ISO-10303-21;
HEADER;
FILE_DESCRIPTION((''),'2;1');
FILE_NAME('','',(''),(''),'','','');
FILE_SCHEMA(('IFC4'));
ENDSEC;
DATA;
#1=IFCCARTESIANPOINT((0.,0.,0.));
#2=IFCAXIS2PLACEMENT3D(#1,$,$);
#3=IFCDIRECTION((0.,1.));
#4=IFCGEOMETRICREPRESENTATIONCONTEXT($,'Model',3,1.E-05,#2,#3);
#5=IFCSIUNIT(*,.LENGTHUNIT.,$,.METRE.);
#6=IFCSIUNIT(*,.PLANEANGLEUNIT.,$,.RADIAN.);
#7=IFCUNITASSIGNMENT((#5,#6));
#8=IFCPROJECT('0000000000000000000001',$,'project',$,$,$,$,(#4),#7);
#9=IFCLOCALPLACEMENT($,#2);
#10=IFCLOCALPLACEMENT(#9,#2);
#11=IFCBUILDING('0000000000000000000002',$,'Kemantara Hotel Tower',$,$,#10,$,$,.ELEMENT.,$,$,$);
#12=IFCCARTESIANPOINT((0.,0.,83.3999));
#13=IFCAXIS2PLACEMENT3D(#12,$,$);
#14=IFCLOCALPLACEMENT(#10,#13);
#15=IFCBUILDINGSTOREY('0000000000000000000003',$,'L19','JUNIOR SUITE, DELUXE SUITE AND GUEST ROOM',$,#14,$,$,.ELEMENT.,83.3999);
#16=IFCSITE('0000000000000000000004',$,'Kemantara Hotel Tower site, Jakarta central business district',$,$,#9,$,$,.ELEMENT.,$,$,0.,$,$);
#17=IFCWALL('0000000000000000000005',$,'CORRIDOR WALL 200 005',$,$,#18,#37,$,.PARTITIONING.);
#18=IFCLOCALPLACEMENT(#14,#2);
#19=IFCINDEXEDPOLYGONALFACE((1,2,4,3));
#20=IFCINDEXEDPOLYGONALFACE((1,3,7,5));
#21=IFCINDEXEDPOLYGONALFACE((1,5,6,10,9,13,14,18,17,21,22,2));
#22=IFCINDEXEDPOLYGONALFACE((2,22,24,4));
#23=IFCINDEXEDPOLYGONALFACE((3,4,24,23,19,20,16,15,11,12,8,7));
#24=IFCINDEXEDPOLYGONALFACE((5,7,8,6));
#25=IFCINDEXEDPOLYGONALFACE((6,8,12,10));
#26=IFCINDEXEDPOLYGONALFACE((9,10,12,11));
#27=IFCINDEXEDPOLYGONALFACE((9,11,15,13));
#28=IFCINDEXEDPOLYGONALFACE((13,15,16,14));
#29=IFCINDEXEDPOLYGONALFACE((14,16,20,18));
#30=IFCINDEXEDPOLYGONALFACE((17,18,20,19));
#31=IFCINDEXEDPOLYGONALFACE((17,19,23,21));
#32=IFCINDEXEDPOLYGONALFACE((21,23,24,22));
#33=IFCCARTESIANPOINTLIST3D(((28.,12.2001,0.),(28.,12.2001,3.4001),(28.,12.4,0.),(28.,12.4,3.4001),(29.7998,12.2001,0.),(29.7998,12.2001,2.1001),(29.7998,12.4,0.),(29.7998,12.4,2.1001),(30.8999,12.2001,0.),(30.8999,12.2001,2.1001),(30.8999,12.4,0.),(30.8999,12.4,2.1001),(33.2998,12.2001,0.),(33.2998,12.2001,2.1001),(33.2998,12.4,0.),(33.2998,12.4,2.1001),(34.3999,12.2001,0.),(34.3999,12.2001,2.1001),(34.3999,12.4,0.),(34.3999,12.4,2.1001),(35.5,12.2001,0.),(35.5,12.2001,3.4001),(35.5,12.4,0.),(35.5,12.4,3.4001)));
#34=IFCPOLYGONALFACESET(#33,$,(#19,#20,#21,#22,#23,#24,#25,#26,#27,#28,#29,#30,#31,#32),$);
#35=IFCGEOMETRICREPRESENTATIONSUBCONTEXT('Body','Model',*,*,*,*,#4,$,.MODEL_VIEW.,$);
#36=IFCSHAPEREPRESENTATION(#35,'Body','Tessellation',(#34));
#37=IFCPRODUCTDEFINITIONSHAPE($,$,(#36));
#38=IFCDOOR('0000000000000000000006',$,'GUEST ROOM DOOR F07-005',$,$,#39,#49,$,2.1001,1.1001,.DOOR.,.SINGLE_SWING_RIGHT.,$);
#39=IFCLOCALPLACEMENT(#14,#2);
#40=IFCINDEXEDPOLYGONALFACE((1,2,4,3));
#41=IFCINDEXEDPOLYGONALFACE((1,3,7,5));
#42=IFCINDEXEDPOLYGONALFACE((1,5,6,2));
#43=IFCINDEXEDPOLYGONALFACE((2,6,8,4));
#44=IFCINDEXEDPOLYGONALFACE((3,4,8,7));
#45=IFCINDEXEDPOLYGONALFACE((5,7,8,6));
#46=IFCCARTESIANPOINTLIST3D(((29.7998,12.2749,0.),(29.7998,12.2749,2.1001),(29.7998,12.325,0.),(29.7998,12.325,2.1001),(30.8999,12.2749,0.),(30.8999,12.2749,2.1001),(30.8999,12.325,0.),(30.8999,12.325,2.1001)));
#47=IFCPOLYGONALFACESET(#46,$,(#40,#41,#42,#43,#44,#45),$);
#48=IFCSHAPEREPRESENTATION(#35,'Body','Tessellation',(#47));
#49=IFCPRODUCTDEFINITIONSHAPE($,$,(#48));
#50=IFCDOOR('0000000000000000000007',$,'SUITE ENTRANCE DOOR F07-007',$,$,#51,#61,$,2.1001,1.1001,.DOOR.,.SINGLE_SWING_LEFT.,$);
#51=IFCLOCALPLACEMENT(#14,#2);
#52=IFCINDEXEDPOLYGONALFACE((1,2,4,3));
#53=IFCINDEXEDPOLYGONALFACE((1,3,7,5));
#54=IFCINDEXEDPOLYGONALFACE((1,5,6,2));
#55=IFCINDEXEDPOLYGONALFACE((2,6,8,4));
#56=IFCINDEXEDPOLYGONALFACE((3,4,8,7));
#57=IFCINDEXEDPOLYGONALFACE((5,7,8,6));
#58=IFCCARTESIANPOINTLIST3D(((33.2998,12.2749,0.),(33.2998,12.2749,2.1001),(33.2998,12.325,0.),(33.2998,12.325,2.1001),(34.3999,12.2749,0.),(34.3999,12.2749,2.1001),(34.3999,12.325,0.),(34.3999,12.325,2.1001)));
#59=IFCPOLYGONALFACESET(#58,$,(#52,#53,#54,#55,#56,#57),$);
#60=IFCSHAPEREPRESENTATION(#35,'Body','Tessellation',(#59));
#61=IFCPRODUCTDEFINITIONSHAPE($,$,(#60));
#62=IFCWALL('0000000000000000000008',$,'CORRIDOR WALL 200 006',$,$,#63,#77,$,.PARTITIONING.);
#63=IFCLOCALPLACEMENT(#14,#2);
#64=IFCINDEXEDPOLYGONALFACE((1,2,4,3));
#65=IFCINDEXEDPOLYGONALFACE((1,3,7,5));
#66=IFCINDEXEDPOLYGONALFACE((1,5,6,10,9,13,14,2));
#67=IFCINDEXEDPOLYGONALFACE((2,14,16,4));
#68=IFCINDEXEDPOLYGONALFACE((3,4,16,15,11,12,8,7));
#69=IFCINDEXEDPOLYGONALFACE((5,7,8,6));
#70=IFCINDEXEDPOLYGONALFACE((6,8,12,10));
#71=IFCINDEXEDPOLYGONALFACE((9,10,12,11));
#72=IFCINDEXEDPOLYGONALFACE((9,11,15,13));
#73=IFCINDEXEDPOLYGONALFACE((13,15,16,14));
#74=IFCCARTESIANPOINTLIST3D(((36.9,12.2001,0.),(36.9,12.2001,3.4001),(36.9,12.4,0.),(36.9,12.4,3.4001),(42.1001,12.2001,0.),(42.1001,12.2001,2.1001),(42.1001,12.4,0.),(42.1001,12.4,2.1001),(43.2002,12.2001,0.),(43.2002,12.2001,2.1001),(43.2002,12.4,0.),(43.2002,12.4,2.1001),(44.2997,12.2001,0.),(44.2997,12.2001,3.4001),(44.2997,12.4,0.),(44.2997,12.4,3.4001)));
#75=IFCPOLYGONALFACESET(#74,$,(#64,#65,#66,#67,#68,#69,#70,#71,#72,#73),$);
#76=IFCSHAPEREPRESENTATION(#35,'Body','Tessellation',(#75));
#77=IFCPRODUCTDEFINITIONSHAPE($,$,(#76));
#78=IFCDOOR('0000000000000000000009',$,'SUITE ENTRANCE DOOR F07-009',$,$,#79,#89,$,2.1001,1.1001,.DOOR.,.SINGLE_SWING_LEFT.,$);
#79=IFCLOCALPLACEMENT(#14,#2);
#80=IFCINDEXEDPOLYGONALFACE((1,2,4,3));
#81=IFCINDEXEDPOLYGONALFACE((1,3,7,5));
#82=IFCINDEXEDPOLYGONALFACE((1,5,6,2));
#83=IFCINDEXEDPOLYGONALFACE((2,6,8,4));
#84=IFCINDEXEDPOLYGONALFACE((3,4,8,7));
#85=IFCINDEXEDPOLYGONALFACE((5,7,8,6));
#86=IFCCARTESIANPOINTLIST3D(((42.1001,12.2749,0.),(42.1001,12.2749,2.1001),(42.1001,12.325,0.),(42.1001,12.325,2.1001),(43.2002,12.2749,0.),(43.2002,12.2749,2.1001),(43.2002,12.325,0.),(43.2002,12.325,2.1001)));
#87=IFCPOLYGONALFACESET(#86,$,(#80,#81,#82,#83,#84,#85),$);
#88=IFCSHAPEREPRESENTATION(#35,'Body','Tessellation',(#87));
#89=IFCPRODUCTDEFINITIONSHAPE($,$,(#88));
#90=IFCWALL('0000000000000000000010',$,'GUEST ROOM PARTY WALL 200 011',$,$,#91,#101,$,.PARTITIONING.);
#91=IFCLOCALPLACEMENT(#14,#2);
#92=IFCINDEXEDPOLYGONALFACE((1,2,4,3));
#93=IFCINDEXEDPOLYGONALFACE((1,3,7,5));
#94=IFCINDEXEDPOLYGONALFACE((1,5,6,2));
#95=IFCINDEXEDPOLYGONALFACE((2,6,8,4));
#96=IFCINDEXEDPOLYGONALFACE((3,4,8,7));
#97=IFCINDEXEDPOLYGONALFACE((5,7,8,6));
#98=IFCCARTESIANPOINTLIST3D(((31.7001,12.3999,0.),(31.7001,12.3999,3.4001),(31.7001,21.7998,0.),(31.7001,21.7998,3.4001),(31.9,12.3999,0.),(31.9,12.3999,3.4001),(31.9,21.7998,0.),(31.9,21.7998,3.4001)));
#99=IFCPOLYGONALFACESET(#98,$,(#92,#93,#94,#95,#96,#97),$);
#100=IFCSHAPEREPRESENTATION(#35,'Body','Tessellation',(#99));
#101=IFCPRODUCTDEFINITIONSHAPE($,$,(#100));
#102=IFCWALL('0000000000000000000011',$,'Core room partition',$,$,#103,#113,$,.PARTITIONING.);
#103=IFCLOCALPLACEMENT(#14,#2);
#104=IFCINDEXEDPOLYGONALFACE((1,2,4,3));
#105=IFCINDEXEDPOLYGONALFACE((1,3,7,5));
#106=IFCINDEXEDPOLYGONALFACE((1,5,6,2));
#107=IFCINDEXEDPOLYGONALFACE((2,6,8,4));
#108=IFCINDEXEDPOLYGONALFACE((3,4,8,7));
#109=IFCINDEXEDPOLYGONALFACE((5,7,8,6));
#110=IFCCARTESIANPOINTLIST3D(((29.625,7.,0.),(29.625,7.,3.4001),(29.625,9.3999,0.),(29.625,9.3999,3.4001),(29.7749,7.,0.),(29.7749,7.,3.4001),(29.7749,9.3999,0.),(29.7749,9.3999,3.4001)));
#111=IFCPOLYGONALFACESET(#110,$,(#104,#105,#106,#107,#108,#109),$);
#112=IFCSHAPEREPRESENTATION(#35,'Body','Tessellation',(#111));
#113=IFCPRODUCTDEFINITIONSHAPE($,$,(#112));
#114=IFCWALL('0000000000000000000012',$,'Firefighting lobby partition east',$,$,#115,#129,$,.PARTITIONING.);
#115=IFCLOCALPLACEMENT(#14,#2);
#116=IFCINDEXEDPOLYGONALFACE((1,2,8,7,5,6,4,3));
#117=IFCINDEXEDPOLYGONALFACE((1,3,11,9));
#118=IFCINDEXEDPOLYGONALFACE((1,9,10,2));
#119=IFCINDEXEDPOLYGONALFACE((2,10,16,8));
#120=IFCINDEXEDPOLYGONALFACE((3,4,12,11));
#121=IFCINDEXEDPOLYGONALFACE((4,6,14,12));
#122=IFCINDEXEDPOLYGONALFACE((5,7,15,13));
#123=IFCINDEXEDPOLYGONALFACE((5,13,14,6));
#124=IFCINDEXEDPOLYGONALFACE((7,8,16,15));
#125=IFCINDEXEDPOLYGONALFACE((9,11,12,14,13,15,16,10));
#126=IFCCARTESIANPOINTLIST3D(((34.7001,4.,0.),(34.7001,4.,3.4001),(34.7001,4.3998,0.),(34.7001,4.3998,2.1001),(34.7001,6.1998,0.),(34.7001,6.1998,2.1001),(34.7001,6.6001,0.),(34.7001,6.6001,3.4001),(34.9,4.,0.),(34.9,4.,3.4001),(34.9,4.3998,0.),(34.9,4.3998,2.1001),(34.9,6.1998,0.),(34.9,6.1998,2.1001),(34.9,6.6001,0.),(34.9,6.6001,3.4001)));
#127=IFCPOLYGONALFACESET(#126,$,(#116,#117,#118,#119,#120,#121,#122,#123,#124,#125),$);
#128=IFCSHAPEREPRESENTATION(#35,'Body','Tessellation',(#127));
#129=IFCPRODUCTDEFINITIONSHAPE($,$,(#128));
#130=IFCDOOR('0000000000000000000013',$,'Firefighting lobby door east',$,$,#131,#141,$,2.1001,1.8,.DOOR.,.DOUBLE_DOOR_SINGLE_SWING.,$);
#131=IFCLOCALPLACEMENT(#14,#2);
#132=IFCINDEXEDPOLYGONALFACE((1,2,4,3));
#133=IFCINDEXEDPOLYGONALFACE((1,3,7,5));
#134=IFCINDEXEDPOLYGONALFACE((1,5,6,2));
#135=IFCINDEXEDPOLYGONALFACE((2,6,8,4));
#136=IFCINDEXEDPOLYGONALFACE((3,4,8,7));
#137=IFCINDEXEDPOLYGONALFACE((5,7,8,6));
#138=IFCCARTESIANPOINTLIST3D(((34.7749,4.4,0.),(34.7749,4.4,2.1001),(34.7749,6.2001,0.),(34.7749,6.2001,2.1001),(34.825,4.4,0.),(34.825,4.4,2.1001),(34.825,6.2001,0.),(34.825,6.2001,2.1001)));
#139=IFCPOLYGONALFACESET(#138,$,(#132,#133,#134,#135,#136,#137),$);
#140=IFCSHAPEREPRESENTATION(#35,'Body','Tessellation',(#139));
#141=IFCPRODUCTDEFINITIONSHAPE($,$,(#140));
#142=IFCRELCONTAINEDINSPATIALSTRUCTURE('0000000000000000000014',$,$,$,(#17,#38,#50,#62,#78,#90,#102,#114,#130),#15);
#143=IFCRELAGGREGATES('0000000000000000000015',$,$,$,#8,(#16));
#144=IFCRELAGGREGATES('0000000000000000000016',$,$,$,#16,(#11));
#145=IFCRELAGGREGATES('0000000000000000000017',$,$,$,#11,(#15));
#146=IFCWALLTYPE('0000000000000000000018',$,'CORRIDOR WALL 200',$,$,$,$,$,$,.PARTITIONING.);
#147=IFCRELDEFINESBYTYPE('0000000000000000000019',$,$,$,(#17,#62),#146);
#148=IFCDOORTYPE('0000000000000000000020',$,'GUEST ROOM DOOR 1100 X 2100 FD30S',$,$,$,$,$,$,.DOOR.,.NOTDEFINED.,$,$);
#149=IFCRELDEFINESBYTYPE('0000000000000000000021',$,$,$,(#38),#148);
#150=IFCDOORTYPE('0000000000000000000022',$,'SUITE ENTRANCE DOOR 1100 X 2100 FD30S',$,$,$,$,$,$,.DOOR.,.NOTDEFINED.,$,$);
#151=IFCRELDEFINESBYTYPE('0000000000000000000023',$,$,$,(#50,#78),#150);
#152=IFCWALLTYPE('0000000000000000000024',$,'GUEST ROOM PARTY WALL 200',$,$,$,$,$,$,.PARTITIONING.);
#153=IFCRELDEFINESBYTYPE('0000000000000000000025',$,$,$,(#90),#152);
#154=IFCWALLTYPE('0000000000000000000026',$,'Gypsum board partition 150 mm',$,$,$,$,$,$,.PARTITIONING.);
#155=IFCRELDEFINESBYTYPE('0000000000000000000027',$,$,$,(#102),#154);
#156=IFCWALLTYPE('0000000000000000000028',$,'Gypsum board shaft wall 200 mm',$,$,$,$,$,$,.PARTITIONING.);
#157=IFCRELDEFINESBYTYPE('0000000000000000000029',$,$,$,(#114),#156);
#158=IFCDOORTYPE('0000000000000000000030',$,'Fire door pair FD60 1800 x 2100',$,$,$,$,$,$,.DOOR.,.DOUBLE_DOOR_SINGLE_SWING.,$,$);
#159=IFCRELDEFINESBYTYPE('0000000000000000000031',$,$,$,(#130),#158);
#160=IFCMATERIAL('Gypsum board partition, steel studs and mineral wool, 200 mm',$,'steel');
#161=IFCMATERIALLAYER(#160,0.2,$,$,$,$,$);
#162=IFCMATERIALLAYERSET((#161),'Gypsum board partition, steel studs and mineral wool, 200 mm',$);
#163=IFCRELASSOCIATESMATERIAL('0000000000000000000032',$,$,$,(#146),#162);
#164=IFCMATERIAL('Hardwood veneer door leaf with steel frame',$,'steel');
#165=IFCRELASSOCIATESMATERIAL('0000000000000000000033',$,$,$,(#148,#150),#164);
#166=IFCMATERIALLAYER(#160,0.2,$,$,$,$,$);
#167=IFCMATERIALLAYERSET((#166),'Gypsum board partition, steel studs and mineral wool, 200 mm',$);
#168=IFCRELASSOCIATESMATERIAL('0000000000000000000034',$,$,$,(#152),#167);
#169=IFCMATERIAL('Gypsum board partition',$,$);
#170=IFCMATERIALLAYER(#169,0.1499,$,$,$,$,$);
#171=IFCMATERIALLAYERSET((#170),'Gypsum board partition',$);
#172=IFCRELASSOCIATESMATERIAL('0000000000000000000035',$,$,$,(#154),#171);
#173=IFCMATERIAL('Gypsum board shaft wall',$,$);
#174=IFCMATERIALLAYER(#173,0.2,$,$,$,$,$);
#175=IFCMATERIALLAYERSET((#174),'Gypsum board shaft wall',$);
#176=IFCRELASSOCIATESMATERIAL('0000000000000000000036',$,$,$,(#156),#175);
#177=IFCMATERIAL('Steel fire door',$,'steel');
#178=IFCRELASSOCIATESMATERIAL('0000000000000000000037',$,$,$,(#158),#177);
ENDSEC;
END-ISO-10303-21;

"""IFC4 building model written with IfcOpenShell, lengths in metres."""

from ifc_helpers import new_model, si_unit, direction, frame, frame_2d, origin, place, context, subcontext, project, spatial, rectangle, extrude, material, layer, layer_set, type_object, element, fill, save


model = new_model("IFC4")

# Units and contexts
model_context = context("Model", 3, precision=1e-05, world=origin(), true_north=direction((0.0, 1.0)))
body_context = subcontext(model_context, "Body", "Model", "MODEL_VIEW")
ifc_project = project(units=[si_unit("LENGTHUNIT", "METRE"), si_unit("PLANEANGLEUNIT", "RADIAN")], contexts=[model_context])

# Site, building, storey
site_placement = place(None, origin())
site = spatial("IfcSite", under=ifc_project, at=site_placement, Name="Kemantara Hotel Tower site, Jakarta central business district", CompositionType="ELEMENT", RefElevation=0.0)
building_placement = place(site_placement, origin())
building = spatial("IfcBuilding", under=site, at=building_placement, Name="Kemantara Hotel Tower", CompositionType="ELEMENT")
storey_placement = place(building_placement, frame((0.0, 0.0, 83.3999)))
storey = spatial("IfcBuildingStorey", under=building, at=storey_placement, Name="L19", Description="JUNIOR SUITE, DELUXE SUITE AND GUEST ROOM", CompositionType="ELEMENT", Elevation=83.3999)

# Wall, openings, doors
ifc_material_1 = material(Name="Gypsum board partition, steel studs and mineral wool, 200 mm", Category="steel")
ifc_layer_1 = layer(ifc_material_1, 0.2)
ifc_layer_set_1 = layer_set([ifc_layer_1], Name="Gypsum board partition, steel studs and mineral wool, 200 mm")
wall_type_1 = type_object("IfcWallType", Name="CORRIDOR WALL 200", PredefinedType="PARTITIONING", material=ifc_layer_set_1)
wall_1_placement = place(storey_placement, frame((28.0, 12.3, 0.0), z_axis=(0.0, 0.0, 1.0), x_axis=(1.0, 0.0, 0.0)))
wall_1 = element("IfcWall", 1, at=wall_1_placement, inside=storey, type_object=wall_type_1, Name="CORRIDOR WALL 200 005", PredefinedType="PARTITIONING", context=body_context, shape_type="SweptSolid", body=[
    extrude(rectangle(XDim=7.5, YDim=0.2, at=frame_2d((3.75, 0.0))), origin(), (0.0, 0.0, 1.0), 3.4001),
])
opening_1_placement = place(wall_1_placement, frame((1.7998, 0.0, 0.0)))
opening_1 = element("IfcOpeningElement", 2, at=opening_1_placement, cuts=wall_1, PredefinedType="OPENING", context=body_context, shape_type="SweptSolid", body=[
    extrude(rectangle(XDim=1.1001, YDim=2.1001, at=frame_2d((0.55, 1.05))), frame((0.0, 0.1099, 0.0), z_axis=(0.0, -1.0, 0.0), x_axis=(1.0, 0.0, 0.0)), (0.0, 0.0, 1.0), 0.22),
])
opening_2_placement = place(wall_1_placement, frame((5.2998, 0.0, 0.0)))
opening_2 = element("IfcOpeningElement", 3, at=opening_2_placement, cuts=wall_1, PredefinedType="OPENING", context=body_context, shape_type="SweptSolid", body=[
    extrude(rectangle(XDim=1.1001, YDim=2.1001, at=frame_2d((0.55, 1.05))), frame((0.0, 0.1099, 0.0), z_axis=(0.0, -1.0, 0.0), x_axis=(1.0, 0.0, 0.0)), (0.0, 0.0, 1.0), 0.22),
])
ifc_material_2 = material(Name="Hardwood veneer door leaf with steel frame", Category="steel")
door_type_1 = type_object("IfcDoorType", Name="GUEST ROOM DOOR 1100 X 2100 FD30S", OperationType="NOTDEFINED", PredefinedType="DOOR", material=ifc_material_2)
door_1_placement = place(opening_1_placement, origin())
door_1 = element("IfcDoor", 4, at=door_1_placement, inside=storey, type_object=door_type_1, Name="GUEST ROOM DOOR F07-005", OperationType="SINGLE_SWING_RIGHT", OverallHeight=2.1001, OverallWidth=1.1001, PredefinedType="DOOR", context=body_context, shape_type="SweptSolid", body=[
    extrude(rectangle(XDim=1.1001, YDim=2.1001, at=frame_2d((0.55, 1.05))), frame((0.0, 0.0249, 0.0), z_axis=(0.0, -1.0, 0.0), x_axis=(1.0, 0.0, 0.0)), (0.0, 0.0, 1.0), 0.05),
])
fill(opening_1, door_1)
door_type_2 = type_object("IfcDoorType", Name="SUITE ENTRANCE DOOR 1100 X 2100 FD30S", OperationType="NOTDEFINED", PredefinedType="DOOR", material=ifc_material_2)
door_2_placement = place(opening_2_placement, origin())
door_2 = element("IfcDoor", 5, at=door_2_placement, inside=storey, type_object=door_type_2, Name="SUITE ENTRANCE DOOR F07-007", OperationType="SINGLE_SWING_LEFT", OverallHeight=2.1001, OverallWidth=1.1001, PredefinedType="DOOR", context=body_context, shape_type="SweptSolid", body=[
    extrude(rectangle(XDim=1.1001, YDim=2.1001, at=frame_2d((0.55, 1.05))), frame((0.0, 0.0249, 0.0), z_axis=(0.0, -1.0, 0.0), x_axis=(1.0, 0.0, 0.0)), (0.0, 0.0, 1.0), 0.05),
])
fill(opening_2, door_2)

# Wall, opening, door
wall_2_placement = place(storey_placement, frame((36.9001, 12.3, 0.0), z_axis=(0.0, 0.0, 1.0), x_axis=(1.0, 0.0, 0.0)))
wall_2 = element("IfcWall", 6, at=wall_2_placement, inside=storey, type_object=wall_type_1, Name="CORRIDOR WALL 200 006", PredefinedType="PARTITIONING", context=body_context, shape_type="SweptSolid", body=[
    extrude(rectangle(XDim=7.3997, YDim=0.2, at=frame_2d((3.6997, 0.0))), origin(), (0.0, 0.0, 1.0), 3.4001),
])
opening_3_placement = place(wall_2_placement, frame((5.2, 0.0, 0.0)))
opening_3 = element("IfcOpeningElement", 7, at=opening_3_placement, cuts=wall_2, PredefinedType="OPENING", context=body_context, shape_type="SweptSolid", body=[
    extrude(rectangle(XDim=1.1001, YDim=2.1001, at=frame_2d((0.55, 1.05))), frame((0.0, 0.1099, 0.0), z_axis=(0.0, -1.0, 0.0), x_axis=(1.0, 0.0, 0.0)), (0.0, 0.0, 1.0), 0.22),
])
door_3_placement = place(opening_3_placement, origin())
door_3 = element("IfcDoor", 8, at=door_3_placement, inside=storey, type_object=door_type_2, Name="SUITE ENTRANCE DOOR F07-009", OperationType="SINGLE_SWING_LEFT", OverallHeight=2.1001, OverallWidth=1.1001, PredefinedType="DOOR", context=body_context, shape_type="SweptSolid", body=[
    extrude(rectangle(XDim=1.1001, YDim=2.1001, at=frame_2d((0.55, 1.05))), frame((0.0, 0.0249, 0.0), z_axis=(0.0, -1.0, 0.0), x_axis=(1.0, 0.0, 0.0)), (0.0, 0.0, 1.0), 0.05),
])
fill(opening_3, door_3)

# Walls
ifc_layer_2 = layer(ifc_material_1, 0.2)
ifc_layer_set_2 = layer_set([ifc_layer_2], Name="Gypsum board partition, steel studs and mineral wool, 200 mm")
wall_type_2 = type_object("IfcWallType", Name="GUEST ROOM PARTY WALL 200", PredefinedType="PARTITIONING", material=ifc_layer_set_2)
wall_3_placement = place(storey_placement, frame((31.8, 12.3999, 0.0), z_axis=(0.0, 0.0, 1.0), x_axis=(0.0, 1.0, 0.0)))
element("IfcWall", 9, at=wall_3_placement, inside=storey, type_object=wall_type_2, Name="GUEST ROOM PARTY WALL 200 011", PredefinedType="PARTITIONING", context=body_context, shape_type="SweptSolid", body=[
    extrude(rectangle(XDim=9.3999, YDim=0.2, at=frame_2d((4.7, 0.0))), origin(), (0.0, 0.0, 1.0), 3.4001),
])
ifc_material_3 = material(Name="Gypsum board partition")
ifc_layer_3 = layer(ifc_material_3, 0.1499)
ifc_layer_set_3 = layer_set([ifc_layer_3], Name="Gypsum board partition")
wall_type_3 = type_object("IfcWallType", Name="Gypsum board partition 150 mm", PredefinedType="PARTITIONING", material=ifc_layer_set_3)
wall_4_placement = place(storey_placement, frame((29.7, 7.0, 0.0), z_axis=(0.0, 0.0, 1.0), x_axis=(0.0, 1.0, 0.0)))
element("IfcWall", 10, at=wall_4_placement, inside=storey, type_object=wall_type_3, Name="Core room partition", PredefinedType="PARTITIONING", context=body_context, shape_type="SweptSolid", body=[
    extrude(rectangle(XDim=2.3999, YDim=0.1499, at=frame_2d((1.2, 0.0))), origin(), (0.0, 0.0, 1.0), 3.4001),
])

# Wall, opening, door
ifc_material_4 = material(Name="Gypsum board shaft wall")
ifc_layer_4 = layer(ifc_material_4, 0.2)
ifc_layer_set_4 = layer_set([ifc_layer_4], Name="Gypsum board shaft wall")
wall_type_4 = type_object("IfcWallType", Name="Gypsum board shaft wall 200 mm", PredefinedType="PARTITIONING", material=ifc_layer_set_4)
wall_5_placement = place(storey_placement, frame((34.8, 4.0, 0.0), z_axis=(0.0, 0.0, 1.0), x_axis=(0.0, 1.0, 0.0)))
wall_5 = element("IfcWall", 11, at=wall_5_placement, inside=storey, type_object=wall_type_4, Name="Firefighting lobby partition east", PredefinedType="PARTITIONING", context=body_context, shape_type="SweptSolid", body=[
    extrude(rectangle(XDim=2.6001, YDim=0.2, at=frame_2d((1.3, 0.0))), origin(), (0.0, 0.0, 1.0), 3.4001),
])
opening_4_placement = place(wall_5_placement, frame((0.3999, 0.0, 0.0)))
opening_4 = element("IfcOpeningElement", 12, at=opening_4_placement, cuts=wall_5, PredefinedType="OPENING", context=body_context, shape_type="SweptSolid", body=[
    extrude(rectangle(XDim=1.8, YDim=2.1001, at=frame_2d((0.8999, 1.05))), frame((0.0, 0.1099, 0.0), z_axis=(0.0, -1.0, 0.0), x_axis=(1.0, 0.0, 0.0)), (0.0, 0.0, 1.0), 0.22),
])
ifc_material_5 = material(Name="Steel fire door", Category="steel")
door_type_3 = type_object("IfcDoorType", Name="Fire door pair FD60 1800 x 2100", OperationType="DOUBLE_DOOR_SINGLE_SWING", PredefinedType="DOOR", material=ifc_material_5)
door_4_placement = place(opening_4_placement, frame((1.8, 0.0, 0.0), z_axis=(0.0, 0.0, 1.0), x_axis=(-1.0, 0.0, 0.0)))
door_4 = element("IfcDoor", 13, at=door_4_placement, inside=storey, type_object=door_type_3, Name="Firefighting lobby door east", OperationType="DOUBLE_DOOR_SINGLE_SWING", OverallHeight=2.1001, OverallWidth=1.8, PredefinedType="DOOR", context=body_context, shape_type="SweptSolid", body=[
    extrude(rectangle(XDim=1.8, YDim=2.1001, at=frame_2d((0.8999, 1.05))), frame((0.0, 0.0249, 0.0), z_axis=(0.0, -1.0, 0.0), x_axis=(1.0, 0.0, 0.0)), (0.0, 0.0, 1.0), 0.05),
])
fill(opening_4, door_4)

save(model, "model.ifc")
